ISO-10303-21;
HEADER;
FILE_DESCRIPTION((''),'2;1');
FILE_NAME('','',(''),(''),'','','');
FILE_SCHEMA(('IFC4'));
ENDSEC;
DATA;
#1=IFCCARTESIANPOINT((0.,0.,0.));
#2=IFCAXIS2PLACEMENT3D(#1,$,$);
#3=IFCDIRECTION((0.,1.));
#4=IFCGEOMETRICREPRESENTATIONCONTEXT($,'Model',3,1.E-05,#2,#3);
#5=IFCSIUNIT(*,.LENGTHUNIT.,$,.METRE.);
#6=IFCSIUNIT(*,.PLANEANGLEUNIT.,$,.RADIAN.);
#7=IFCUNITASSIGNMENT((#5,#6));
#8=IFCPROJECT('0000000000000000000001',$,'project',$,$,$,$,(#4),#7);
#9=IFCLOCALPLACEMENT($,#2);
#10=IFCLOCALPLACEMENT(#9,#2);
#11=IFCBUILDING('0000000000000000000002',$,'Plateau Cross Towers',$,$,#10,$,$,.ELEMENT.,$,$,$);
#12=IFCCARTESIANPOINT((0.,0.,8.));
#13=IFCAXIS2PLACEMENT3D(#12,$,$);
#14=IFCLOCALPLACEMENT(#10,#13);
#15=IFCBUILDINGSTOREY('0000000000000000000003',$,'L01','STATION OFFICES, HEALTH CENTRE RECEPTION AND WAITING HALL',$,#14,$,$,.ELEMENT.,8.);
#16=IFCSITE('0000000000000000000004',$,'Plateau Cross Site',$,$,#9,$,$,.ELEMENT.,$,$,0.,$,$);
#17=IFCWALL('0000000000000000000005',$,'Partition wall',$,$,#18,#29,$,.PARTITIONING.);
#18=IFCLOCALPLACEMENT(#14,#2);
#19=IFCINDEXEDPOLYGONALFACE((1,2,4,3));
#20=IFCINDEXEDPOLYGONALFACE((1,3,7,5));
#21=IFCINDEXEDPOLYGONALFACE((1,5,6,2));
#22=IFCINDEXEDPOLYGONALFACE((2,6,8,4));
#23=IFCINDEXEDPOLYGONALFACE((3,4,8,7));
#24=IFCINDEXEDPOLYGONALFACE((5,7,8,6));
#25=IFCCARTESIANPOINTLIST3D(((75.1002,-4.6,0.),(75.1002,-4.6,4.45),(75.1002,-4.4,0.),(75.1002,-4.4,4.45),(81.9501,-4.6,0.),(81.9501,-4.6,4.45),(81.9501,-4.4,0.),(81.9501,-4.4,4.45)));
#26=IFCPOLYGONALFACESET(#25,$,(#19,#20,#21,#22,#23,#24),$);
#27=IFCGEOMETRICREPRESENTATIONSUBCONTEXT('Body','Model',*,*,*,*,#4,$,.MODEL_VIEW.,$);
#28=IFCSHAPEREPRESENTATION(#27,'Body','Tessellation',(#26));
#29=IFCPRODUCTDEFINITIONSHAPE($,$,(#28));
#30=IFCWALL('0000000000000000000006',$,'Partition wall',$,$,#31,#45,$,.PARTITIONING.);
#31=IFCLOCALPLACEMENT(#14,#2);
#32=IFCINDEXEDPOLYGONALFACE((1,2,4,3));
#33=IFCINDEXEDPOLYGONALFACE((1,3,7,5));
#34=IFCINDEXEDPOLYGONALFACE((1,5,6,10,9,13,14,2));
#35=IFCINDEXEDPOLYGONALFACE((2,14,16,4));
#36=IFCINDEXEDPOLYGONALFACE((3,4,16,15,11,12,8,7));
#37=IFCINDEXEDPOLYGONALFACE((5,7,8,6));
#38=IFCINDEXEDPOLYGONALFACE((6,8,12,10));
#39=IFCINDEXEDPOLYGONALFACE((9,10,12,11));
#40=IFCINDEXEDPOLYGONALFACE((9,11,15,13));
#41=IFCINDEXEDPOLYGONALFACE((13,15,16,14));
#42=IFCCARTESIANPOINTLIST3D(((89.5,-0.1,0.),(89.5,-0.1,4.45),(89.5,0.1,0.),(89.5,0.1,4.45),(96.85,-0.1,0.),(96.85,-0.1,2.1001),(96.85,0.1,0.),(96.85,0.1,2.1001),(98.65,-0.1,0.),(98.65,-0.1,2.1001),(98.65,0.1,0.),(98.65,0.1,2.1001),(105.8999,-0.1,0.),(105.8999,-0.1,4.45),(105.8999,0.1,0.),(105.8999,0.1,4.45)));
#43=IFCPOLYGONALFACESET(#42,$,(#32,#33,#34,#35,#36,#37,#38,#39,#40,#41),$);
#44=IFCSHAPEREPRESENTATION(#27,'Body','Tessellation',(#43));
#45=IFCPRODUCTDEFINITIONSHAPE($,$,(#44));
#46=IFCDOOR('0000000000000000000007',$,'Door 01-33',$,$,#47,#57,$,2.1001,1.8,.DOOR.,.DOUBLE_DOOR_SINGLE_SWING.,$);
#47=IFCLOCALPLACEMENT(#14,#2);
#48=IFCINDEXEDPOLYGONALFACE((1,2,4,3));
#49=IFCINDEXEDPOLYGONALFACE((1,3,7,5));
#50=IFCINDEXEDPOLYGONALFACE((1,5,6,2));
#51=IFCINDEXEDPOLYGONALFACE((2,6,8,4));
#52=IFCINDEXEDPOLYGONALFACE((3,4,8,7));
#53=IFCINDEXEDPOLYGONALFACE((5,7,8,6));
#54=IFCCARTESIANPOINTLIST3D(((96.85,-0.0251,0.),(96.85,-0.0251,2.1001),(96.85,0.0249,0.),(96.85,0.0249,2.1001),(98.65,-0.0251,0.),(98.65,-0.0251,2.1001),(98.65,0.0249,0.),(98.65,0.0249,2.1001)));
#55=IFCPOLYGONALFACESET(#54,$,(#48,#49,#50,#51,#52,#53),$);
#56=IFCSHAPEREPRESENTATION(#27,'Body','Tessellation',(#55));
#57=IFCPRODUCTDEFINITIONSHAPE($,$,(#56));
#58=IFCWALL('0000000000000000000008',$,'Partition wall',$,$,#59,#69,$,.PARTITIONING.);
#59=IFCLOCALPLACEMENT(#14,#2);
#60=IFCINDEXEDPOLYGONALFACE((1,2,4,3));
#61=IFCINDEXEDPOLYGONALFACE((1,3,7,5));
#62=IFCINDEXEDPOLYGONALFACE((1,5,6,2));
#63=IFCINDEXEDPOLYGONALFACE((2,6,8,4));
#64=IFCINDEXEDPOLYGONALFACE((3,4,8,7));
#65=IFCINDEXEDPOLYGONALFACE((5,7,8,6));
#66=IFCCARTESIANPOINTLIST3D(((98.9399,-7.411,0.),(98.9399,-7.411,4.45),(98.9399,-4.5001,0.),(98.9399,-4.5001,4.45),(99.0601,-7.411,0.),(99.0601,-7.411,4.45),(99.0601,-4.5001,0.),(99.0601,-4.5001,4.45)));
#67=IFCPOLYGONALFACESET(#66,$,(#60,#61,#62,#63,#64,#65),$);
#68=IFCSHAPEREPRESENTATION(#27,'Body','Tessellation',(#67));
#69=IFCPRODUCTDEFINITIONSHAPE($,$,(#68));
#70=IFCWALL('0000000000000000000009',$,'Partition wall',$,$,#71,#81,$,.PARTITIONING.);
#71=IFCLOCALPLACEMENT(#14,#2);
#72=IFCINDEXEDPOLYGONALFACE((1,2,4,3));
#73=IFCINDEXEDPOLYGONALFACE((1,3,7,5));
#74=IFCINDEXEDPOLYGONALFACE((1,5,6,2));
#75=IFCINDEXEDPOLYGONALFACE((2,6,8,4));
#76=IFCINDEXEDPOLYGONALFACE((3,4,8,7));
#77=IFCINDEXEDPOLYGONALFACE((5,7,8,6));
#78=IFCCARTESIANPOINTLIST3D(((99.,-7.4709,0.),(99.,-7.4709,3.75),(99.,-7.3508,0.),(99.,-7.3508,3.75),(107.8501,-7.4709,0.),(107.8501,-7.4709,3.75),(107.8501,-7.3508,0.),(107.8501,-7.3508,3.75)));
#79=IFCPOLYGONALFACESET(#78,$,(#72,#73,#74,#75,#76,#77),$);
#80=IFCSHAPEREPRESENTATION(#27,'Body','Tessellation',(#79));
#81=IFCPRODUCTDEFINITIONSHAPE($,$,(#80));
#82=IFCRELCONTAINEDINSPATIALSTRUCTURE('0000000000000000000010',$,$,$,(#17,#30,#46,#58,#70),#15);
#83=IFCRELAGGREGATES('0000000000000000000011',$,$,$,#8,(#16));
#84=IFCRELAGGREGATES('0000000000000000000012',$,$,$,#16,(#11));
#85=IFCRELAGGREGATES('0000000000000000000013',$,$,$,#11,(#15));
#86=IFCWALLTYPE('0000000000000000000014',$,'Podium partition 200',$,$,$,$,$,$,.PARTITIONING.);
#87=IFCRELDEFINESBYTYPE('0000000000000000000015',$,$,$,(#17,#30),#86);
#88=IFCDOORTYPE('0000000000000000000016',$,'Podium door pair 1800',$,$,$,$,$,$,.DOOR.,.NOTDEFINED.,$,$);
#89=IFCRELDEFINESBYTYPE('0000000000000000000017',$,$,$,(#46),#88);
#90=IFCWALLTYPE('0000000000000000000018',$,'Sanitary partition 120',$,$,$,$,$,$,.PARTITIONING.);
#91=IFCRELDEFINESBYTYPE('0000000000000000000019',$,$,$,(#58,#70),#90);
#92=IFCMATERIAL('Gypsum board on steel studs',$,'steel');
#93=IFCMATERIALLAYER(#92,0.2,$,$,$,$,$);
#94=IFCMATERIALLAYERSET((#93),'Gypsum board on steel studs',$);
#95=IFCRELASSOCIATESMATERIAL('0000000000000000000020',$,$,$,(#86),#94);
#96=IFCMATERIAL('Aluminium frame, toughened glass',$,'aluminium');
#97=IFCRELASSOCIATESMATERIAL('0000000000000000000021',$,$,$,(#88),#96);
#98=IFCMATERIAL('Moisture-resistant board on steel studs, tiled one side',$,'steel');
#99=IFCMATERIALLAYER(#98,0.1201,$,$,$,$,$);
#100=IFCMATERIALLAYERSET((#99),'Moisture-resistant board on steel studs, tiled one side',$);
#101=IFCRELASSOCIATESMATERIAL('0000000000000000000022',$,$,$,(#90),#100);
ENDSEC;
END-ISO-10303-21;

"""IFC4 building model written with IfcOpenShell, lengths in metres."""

from ifc_helpers import new_model, si_unit, direction, frame, frame_2d, origin, place, context, subcontext, project, spatial, rectangle, extrude, material, layer, layer_set, type_object, element, fill, save


model = new_model("IFC4")

# Units and contexts
model_context = context("Model", 3, precision=1e-05, world=origin(), true_north=direction((0.0, 1.0)))
body_context = subcontext(model_context, "Body", "Model", "MODEL_VIEW")
ifc_project = project(units=[si_unit("LENGTHUNIT", "METRE"), si_unit("PLANEANGLEUNIT", "RADIAN")], contexts=[model_context])

# Site, building, storey
site_placement = place(None, origin())
site = spatial("IfcSite", under=ifc_project, at=site_placement, Name="Plateau Cross Site", CompositionType="ELEMENT", RefElevation=0.0)
building_placement = place(site_placement, origin())
building = spatial("IfcBuilding", under=site, at=building_placement, Name="Plateau Cross Towers", CompositionType="ELEMENT")
storey_placement = place(building_placement, frame((0.0, 0.0, 8.0)))
storey = spatial("IfcBuildingStorey", under=building, at=storey_placement, Name="L01", Description="STATION OFFICES, HEALTH CENTRE RECEPTION AND WAITING HALL", CompositionType="ELEMENT", Elevation=8.0)

# Wall
ifc_material_1 = material(Name="Gypsum board on steel studs", Category="steel")
ifc_layer_1 = layer(ifc_material_1, 0.2)
ifc_layer_set_1 = layer_set([ifc_layer_1], Name="Gypsum board on steel studs")
wall_type_1 = type_object("IfcWallType", Name="Podium partition 200", PredefinedType="PARTITIONING", material=ifc_layer_set_1)
wall_1_placement = place(storey_placement, frame((81.95, -4.5, 0.0), z_axis=(0.0, 0.0, 1.0), x_axis=(-1.0, 0.0, 0.0)))
element("IfcWall", 1, at=wall_1_placement, inside=storey, type_object=wall_type_1, Name="Partition wall", PredefinedType="PARTITIONING", context=body_context, shape_type="SweptSolid", body=[
    extrude(rectangle(XDim=6.8499, YDim=0.2, at=frame_2d((3.4248, 0.0))), origin(), (0.0, 0.0, 1.0), 4.45),
])

# Wall, opening, door
wall_2_placement = place(storey_placement, frame((89.5, 0.0, 0.0), z_axis=(0.0, 0.0, 1.0), x_axis=(1.0, 0.0, 0.0)))
wall_2 = element("IfcWall", 2, at=wall_2_placement, inside=storey, type_object=wall_type_1, Name="Partition wall", PredefinedType="PARTITIONING", context=body_context, shape_type="SweptSolid", body=[
    extrude(rectangle(XDim=16.3999, YDim=0.2, at=frame_2d((8.2, 0.0))), origin(), (0.0, 0.0, 1.0), 4.45),
])
opening_1_placement = place(wall_2_placement, frame((7.3501, 0.0, 0.0)))
opening_1 = element("IfcOpeningElement", 3, at=opening_1_placement, cuts=wall_2, PredefinedType="OPENING", context=body_context, shape_type="SweptSolid", body=[
    extrude(rectangle(XDim=1.8, YDim=2.1001, at=frame_2d((0.8999, 1.05))), frame((0.0, 0.1099, 0.0), z_axis=(0.0, -1.0, 0.0), x_axis=(1.0, 0.0, 0.0)), (0.0, 0.0, 1.0), 0.22),
])
ifc_material_2 = material(Name="Aluminium frame, toughened glass", Category="aluminium")
door_type_1 = type_object("IfcDoorType", Name="Podium door pair 1800", OperationType="NOTDEFINED", PredefinedType="DOOR", material=ifc_material_2)
door_1_placement = place(opening_1_placement, origin())
door_1 = element("IfcDoor", 4, at=door_1_placement, inside=storey, type_object=door_type_1, Name="Door 01-33", OperationType="DOUBLE_DOOR_SINGLE_SWING", OverallHeight=2.1001, OverallWidth=1.8, PredefinedType="DOOR", context=body_context, shape_type="SweptSolid", body=[
    extrude(rectangle(XDim=1.8, YDim=2.1001, at=frame_2d((0.8999, 1.05))), frame((0.0, 0.0249, 0.0), z_axis=(0.0, -1.0, 0.0), x_axis=(1.0, 0.0, 0.0)), (0.0, 0.0, 1.0), 0.05),
])
fill(opening_1, door_1)

# Walls
ifc_material_3 = material(Name="Moisture-resistant board on steel studs, tiled one side", Category="steel")
ifc_layer_2 = layer(ifc_material_3, 0.1201)
ifc_layer_set_2 = layer_set([ifc_layer_2], Name="Moisture-resistant board on steel studs, tiled one side")
wall_type_2 = type_object("IfcWallType", Name="Sanitary partition 120", PredefinedType="PARTITIONING", material=ifc_layer_set_2)
wall_3_placement = place(storey_placement, frame((99.0, -4.5, 0.0), z_axis=(0.0, 0.0, 1.0), x_axis=(0.0, -1.0, 0.0)))
element("IfcWall", 5, at=wall_3_placement, inside=storey, type_object=wall_type_2, Name="Partition wall", PredefinedType="PARTITIONING", context=body_context, shape_type="SweptSolid", body=[
    extrude(rectangle(XDim=2.9109, YDim=0.1201, at=frame_2d((1.4556, 0.0))), origin(), (0.0, 0.0, 1.0), 4.45),
])
wall_4_placement = place(storey_placement, frame((99.0, -7.4109, 0.0), z_axis=(0.0, 0.0, 1.0), x_axis=(1.0, 0.0, 0.0)))
element("IfcWall", 6, at=wall_4_placement, inside=storey, type_object=wall_type_2, Name="Partition wall", PredefinedType="PARTITIONING", context=body_context, shape_type="SweptSolid", body=[
    extrude(rectangle(XDim=8.8501, YDim=0.1201, at=frame_2d((4.425, 0.0))), origin(), (0.0, 0.0, 1.0), 3.75),
])

save(model, "model.ifc")
